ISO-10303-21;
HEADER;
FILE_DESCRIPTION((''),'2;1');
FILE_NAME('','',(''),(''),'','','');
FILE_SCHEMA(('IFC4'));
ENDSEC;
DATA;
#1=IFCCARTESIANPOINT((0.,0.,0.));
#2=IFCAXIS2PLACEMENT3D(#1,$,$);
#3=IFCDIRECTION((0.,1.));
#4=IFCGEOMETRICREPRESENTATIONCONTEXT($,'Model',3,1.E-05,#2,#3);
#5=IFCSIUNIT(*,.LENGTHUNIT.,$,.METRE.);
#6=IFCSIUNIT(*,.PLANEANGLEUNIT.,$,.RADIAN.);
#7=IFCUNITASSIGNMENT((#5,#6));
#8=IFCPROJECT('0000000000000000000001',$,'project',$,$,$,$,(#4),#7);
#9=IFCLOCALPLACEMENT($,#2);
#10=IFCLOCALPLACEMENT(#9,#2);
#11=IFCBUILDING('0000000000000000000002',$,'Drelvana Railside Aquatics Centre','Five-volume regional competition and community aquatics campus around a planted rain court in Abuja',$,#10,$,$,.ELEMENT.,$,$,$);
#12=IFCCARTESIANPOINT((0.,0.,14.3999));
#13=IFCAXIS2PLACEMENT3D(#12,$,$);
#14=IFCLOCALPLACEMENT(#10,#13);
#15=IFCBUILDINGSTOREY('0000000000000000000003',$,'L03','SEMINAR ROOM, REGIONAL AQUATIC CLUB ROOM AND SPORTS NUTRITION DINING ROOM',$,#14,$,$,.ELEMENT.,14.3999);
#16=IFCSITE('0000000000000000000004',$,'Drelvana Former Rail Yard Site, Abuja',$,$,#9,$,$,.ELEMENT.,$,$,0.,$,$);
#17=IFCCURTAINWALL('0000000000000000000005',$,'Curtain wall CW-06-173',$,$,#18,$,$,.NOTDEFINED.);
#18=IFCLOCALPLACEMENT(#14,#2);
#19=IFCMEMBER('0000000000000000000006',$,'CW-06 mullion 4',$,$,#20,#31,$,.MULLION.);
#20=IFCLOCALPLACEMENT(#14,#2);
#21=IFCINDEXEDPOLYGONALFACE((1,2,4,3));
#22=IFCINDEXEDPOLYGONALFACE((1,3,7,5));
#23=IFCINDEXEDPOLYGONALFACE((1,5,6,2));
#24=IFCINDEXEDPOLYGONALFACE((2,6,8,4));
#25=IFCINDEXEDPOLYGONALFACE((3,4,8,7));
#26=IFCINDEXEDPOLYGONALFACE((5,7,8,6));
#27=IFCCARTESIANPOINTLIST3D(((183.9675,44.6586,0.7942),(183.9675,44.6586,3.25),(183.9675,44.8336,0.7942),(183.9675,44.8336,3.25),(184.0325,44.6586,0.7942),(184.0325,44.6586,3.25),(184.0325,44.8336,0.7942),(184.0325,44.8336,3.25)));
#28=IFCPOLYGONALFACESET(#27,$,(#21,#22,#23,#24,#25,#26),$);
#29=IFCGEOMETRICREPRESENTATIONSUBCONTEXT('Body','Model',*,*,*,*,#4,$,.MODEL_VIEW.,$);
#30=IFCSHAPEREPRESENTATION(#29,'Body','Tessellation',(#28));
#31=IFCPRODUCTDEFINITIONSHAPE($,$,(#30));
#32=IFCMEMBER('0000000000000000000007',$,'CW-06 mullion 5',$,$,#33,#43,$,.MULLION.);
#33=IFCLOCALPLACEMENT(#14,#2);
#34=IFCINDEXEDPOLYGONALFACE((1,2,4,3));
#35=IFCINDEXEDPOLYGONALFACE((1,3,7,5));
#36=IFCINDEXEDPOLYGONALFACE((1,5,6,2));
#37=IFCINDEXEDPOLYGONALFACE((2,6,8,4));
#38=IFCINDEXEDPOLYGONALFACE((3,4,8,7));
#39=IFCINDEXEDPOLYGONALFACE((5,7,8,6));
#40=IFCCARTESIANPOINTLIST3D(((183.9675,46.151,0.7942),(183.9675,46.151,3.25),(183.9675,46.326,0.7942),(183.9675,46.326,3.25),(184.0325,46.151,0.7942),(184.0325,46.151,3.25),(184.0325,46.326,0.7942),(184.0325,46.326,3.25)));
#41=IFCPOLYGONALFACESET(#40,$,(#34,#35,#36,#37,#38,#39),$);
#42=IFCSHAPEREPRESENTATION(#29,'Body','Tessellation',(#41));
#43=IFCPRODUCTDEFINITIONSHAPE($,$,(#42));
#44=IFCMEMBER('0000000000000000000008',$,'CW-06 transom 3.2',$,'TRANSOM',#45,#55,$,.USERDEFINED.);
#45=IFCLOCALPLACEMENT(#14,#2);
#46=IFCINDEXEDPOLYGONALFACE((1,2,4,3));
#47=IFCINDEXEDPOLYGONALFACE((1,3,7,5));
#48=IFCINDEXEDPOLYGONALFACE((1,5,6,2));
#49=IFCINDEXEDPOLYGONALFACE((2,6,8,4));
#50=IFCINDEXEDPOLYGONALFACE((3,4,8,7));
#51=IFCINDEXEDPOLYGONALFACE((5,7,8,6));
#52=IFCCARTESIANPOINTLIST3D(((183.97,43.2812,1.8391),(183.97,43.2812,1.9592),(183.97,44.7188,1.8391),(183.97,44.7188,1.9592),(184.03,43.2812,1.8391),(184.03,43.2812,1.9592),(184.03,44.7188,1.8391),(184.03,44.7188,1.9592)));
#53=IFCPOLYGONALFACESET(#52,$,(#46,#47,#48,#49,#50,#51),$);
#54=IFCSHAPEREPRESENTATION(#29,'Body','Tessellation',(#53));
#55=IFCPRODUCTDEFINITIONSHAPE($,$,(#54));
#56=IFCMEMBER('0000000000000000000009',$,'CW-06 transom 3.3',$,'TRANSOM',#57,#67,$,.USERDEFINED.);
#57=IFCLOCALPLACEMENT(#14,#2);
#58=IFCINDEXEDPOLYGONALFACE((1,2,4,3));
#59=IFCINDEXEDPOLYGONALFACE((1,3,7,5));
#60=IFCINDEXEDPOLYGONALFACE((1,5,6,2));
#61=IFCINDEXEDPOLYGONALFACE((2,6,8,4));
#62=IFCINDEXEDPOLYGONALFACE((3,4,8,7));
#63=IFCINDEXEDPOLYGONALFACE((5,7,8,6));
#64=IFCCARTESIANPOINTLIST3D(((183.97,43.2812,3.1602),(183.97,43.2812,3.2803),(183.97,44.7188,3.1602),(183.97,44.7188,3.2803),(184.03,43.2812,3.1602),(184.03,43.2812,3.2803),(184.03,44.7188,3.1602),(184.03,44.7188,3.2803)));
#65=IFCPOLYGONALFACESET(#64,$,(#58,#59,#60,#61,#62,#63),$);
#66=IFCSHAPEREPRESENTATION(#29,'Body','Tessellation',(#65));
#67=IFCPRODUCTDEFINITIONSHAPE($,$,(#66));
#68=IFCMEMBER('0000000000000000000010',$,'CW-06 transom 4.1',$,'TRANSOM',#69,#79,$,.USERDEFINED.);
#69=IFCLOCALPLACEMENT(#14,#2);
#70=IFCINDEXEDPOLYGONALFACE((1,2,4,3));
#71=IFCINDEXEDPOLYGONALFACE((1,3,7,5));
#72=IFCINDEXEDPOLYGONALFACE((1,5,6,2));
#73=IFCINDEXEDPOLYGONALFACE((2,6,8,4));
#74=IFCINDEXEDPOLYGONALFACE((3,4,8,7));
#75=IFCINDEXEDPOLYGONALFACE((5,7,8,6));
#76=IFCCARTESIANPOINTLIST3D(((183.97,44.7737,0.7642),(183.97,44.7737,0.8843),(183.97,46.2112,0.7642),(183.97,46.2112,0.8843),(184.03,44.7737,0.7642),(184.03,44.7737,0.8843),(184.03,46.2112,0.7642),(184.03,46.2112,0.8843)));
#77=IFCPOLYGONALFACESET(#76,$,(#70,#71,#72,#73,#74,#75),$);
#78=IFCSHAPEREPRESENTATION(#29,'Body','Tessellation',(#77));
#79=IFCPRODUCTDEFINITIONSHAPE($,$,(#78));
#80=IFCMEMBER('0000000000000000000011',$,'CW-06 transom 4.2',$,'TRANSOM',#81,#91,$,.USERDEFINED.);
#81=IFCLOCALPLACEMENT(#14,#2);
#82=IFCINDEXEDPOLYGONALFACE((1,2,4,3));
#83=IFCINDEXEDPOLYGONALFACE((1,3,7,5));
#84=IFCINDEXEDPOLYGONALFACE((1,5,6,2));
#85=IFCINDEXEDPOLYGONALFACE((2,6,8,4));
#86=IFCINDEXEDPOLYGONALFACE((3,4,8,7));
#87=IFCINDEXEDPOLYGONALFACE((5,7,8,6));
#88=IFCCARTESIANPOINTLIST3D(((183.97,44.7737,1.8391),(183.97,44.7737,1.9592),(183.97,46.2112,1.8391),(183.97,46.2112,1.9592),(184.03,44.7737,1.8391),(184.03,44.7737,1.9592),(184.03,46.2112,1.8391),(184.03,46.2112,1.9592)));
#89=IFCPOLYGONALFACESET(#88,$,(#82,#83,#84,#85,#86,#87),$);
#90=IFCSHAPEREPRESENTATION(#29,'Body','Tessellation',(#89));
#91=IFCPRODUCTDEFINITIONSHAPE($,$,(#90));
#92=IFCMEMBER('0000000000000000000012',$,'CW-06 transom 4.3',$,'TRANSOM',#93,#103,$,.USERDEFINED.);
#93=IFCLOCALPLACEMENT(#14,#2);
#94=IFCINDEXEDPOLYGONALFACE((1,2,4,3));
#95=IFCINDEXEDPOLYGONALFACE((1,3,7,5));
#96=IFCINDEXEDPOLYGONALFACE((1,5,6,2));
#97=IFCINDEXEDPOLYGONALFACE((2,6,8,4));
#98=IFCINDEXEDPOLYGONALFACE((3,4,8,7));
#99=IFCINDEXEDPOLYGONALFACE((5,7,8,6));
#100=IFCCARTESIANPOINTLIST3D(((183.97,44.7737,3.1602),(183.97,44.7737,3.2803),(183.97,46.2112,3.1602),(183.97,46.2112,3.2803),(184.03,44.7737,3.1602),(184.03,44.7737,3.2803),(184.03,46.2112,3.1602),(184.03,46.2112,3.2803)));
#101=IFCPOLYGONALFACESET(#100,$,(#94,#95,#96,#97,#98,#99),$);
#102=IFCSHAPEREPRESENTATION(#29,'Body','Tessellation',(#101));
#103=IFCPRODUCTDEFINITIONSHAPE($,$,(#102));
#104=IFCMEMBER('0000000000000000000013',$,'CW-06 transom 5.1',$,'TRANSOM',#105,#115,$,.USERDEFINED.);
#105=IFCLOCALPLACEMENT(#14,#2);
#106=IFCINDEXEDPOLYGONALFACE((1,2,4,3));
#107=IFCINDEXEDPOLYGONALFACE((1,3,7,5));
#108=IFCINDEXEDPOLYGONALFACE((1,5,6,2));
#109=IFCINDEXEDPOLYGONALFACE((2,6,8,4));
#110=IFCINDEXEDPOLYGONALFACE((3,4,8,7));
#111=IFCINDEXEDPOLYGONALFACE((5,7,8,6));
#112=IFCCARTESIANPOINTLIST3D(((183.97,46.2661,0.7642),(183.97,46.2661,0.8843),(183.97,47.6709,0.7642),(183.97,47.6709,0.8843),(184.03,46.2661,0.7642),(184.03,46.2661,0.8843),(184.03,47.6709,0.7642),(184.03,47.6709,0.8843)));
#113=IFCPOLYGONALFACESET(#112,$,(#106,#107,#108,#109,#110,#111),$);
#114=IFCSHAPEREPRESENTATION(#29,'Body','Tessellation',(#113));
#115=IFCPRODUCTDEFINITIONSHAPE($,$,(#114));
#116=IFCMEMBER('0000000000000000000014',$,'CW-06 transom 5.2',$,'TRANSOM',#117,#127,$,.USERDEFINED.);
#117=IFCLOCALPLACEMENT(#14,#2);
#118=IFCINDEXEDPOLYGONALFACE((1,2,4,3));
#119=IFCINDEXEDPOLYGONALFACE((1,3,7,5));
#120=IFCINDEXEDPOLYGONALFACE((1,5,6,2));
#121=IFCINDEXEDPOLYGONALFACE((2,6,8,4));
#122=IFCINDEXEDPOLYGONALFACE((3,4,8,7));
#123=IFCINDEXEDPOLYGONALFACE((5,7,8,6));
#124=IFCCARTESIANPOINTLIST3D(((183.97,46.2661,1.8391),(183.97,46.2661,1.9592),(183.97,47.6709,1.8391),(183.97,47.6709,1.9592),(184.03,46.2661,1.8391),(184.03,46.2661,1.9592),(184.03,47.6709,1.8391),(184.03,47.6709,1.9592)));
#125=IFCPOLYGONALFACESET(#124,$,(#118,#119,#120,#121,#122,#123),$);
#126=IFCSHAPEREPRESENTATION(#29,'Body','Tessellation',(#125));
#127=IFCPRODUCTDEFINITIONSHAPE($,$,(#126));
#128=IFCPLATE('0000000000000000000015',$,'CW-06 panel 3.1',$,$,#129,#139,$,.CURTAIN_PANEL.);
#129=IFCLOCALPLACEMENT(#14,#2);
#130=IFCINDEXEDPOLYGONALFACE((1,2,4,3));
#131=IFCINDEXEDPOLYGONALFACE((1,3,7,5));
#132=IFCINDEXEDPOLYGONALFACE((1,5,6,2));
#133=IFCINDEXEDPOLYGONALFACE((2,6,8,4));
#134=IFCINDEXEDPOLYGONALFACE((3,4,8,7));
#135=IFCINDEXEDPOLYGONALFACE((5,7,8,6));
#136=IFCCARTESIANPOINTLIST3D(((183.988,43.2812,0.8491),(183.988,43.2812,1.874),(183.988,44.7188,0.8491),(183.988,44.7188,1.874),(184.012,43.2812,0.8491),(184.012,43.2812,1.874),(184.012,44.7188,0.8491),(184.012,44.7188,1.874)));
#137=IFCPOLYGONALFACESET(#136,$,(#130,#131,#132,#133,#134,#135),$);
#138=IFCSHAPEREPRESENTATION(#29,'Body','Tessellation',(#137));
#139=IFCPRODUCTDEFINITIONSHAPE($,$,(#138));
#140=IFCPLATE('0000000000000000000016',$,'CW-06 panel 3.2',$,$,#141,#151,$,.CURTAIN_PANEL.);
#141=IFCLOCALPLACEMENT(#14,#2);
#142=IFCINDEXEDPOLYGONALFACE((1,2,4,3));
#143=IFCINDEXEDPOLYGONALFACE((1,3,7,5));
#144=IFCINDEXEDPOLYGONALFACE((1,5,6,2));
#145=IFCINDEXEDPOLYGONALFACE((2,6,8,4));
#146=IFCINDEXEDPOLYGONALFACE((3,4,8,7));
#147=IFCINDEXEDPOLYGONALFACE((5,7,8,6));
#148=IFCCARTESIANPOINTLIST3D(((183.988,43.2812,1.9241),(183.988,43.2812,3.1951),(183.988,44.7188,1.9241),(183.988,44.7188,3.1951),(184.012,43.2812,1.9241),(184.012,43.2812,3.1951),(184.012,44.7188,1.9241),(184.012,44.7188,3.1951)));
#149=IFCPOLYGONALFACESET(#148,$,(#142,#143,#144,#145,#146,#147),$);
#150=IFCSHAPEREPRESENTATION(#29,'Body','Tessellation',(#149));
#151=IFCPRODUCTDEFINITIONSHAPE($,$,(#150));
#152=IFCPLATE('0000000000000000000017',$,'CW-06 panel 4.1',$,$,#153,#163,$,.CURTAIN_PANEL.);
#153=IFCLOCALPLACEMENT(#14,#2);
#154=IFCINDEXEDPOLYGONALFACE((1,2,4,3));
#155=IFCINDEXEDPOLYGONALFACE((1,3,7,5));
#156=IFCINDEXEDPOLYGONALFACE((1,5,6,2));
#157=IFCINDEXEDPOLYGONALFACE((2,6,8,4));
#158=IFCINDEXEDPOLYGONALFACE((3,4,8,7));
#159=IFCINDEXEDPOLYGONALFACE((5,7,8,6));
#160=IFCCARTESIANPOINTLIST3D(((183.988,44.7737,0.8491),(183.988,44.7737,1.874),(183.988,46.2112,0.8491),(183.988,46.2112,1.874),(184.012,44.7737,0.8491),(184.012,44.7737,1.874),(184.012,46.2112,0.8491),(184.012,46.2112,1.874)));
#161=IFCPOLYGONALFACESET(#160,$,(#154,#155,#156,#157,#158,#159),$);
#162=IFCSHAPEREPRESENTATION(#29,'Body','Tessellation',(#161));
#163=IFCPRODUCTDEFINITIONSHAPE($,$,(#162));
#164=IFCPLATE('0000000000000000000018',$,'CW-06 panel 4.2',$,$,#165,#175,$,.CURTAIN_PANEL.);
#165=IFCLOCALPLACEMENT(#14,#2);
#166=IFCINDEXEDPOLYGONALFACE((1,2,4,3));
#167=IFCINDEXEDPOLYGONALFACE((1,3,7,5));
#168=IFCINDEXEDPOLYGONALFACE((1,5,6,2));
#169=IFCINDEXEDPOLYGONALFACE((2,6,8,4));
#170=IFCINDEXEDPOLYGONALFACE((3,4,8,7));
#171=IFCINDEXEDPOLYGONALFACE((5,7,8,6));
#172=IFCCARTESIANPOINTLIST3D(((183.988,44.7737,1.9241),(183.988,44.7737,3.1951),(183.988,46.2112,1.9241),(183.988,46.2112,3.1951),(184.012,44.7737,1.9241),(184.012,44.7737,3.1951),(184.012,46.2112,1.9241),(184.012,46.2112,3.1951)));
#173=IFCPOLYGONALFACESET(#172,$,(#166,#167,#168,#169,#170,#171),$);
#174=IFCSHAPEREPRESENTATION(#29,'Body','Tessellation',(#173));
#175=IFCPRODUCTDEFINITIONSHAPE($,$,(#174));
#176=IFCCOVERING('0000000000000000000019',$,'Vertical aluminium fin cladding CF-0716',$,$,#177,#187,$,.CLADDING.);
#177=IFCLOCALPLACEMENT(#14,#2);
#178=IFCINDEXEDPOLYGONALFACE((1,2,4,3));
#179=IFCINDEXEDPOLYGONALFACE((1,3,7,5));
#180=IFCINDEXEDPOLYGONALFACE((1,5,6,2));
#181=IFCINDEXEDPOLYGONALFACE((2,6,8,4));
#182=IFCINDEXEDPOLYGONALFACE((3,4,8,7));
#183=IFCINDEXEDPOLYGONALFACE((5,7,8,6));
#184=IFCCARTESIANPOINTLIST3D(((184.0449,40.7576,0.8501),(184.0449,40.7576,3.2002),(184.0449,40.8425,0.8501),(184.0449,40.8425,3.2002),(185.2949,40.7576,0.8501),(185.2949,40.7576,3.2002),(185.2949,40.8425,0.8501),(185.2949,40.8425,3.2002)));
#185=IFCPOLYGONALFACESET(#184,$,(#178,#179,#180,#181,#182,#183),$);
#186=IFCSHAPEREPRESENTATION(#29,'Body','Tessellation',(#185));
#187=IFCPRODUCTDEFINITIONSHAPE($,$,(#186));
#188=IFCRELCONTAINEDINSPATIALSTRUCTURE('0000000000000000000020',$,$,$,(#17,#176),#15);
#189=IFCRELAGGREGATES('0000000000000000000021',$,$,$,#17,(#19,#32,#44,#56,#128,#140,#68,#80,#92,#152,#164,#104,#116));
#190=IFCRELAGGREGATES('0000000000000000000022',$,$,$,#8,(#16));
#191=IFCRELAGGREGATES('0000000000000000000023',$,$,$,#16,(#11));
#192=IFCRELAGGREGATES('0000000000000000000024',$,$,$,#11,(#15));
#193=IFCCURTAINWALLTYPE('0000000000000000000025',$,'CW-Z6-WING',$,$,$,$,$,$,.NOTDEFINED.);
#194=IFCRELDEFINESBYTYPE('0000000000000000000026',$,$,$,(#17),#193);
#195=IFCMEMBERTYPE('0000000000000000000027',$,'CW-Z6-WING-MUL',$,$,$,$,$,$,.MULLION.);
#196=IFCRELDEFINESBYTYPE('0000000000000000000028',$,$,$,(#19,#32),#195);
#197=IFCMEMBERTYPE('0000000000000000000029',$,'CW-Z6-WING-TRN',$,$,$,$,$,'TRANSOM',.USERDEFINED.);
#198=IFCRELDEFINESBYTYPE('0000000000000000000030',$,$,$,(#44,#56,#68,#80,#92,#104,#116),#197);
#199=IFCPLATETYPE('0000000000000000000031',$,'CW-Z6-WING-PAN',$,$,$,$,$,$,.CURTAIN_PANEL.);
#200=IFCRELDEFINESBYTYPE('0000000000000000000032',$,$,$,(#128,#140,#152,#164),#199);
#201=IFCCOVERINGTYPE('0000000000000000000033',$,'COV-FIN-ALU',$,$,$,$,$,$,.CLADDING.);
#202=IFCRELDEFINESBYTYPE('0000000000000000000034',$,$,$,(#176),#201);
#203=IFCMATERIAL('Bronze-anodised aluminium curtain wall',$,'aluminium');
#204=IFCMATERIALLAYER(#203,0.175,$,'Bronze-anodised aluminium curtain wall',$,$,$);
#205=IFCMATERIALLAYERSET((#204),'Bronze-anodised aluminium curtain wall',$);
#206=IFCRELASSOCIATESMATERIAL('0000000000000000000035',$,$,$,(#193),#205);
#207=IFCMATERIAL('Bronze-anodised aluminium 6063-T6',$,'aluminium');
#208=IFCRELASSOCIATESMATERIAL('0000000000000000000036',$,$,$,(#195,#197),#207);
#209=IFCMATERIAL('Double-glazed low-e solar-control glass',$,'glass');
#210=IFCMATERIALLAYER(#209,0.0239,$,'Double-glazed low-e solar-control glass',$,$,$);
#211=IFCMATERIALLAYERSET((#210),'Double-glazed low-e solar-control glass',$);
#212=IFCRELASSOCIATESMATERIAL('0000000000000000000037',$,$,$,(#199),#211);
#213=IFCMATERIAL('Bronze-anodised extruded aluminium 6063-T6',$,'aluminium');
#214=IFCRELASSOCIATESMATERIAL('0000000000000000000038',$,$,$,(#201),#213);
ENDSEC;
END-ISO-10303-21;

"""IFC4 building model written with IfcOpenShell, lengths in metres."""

from ifc_helpers import new_model, si_unit, direction, frame, origin, origin_2d, place, context, subcontext, project, spatial, rectangle, extrude, material, layer, layer_set, material_profile, profile_set, type_object, element, aggregate, save


model = new_model("IFC4")

# Units and contexts
model_context = context("Model", 3, precision=1e-05, world=origin(), true_north=direction((0.0, 1.0)))
body_context = subcontext(model_context, "Body", "Model", "MODEL_VIEW")
ifc_project = project(units=[si_unit("LENGTHUNIT", "METRE"), si_unit("PLANEANGLEUNIT", "RADIAN")], contexts=[model_context])

# Site, building, storey
site_placement = place(None, origin())
site = spatial("IfcSite", under=ifc_project, at=site_placement, Name="Drelvana Former Rail Yard Site, Abuja", CompositionType="ELEMENT", RefElevation=0.0)
building_placement = place(site_placement, origin())
building = spatial("IfcBuilding", under=site, at=building_placement, Name="Drelvana Railside Aquatics Centre", Description="Five-volume regional competition and community aquatics campus around a planted rain court in Abuja", CompositionType="ELEMENT")
storey_placement = place(building_placement, frame((0.0, 0.0, 14.3999)))
storey = spatial("IfcBuildingStorey", under=building, at=storey_placement, Name="L03", Description="SEMINAR ROOM, REGIONAL AQUATIC CLUB ROOM AND SPORTS NUTRITION DINING ROOM", CompositionType="ELEMENT", Elevation=14.3999)

# Curtain wall, members, plates
ifc_material_1 = material(Name="Bronze-anodised aluminium curtain wall", Category="aluminium")
ifc_layer_1 = layer(ifc_material_1, 0.175, Name="Bronze-anodised aluminium curtain wall")
ifc_layer_set_1 = layer_set([ifc_layer_1], Name="Bronze-anodised aluminium curtain wall")
curtain_wall_type = type_object("IfcCurtainWallType", Name="CW-Z6-WING", PredefinedType="NOTDEFINED", material=ifc_layer_set_1)
curtain_wall_placement = place(storey_placement, origin())
curtain_wall = element("IfcCurtainWall", 1, at=curtain_wall_placement, inside=storey, type_object=curtain_wall_type, Name="Curtain wall CW-06-173", PredefinedType="NOTDEFINED")
ifc_material_2 = material(Name="Bronze-anodised aluminium 6063-T6", Category="aluminium")
ifc_material_profile_1 = material_profile(ifc_material_2, rectangle(XDim=0.0649, YDim=0.175, at=origin_2d()), Name="ALU-M 65x175")
ifc_profile_set_1 = profile_set([ifc_material_profile_1], Name="Bronze-anodised aluminium 6063-T6")
member_type_1 = type_object("IfcMemberType", Name="CW-Z6-WING-MUL", PredefinedType="MULLION", material=ifc_profile_set_1)
member_1_placement = place(storey_placement, frame((184.0, 44.7461, 0.7942), z_axis=(0.0, 0.0, 1.0), x_axis=(-1.0, 0.0, 0.0)))
member_1 = element("IfcMember", 2, at=member_1_placement, type_object=member_type_1, Name="CW-06 mullion 4", PredefinedType="MULLION", context=body_context, shape_type="SweptSolid", body=[
    extrude(rectangle(XDim=0.0649, YDim=0.175, at=origin_2d()), origin(), (0.0, 0.0, 1.0), 2.4558),
])
member_2_placement = place(storey_placement, frame((184.0, 46.2385, 0.7942), z_axis=(0.0, 0.0, 1.0), x_axis=(-1.0, 0.0, 0.0)))
member_2 = element("IfcMember", 3, at=member_2_placement, type_object=member_type_1, Name="CW-06 mullion 5", PredefinedType="MULLION", context=body_context, shape_type="SweptSolid", body=[
    extrude(rectangle(XDim=0.0649, YDim=0.175, at=origin_2d()), origin(), (0.0, 0.0, 1.0), 2.4558),
])
ifc_material_profile_2 = material_profile(ifc_material_2, rectangle(XDim=0.1201, YDim=0.0601, at=origin_2d()), Name="ALU-T 60x120")
ifc_profile_set_2 = profile_set([ifc_material_profile_2], Name="Bronze-anodised aluminium 6063-T6")
member_type_2 = type_object("IfcMemberType", Name="CW-Z6-WING-TRN", ElementType="TRANSOM", PredefinedType="USERDEFINED", material=ifc_profile_set_2)
member_3_placement = place(storey_placement, frame((184.0, 43.2812, 1.8992), z_axis=(0.0, 1.0, 0.0), x_axis=(0.0, 0.0, 1.0)))
member_3 = element("IfcMember", 4, at=member_3_placement, type_object=member_type_2, Name="CW-06 transom 3.2", ObjectType="TRANSOM", PredefinedType="USERDEFINED", context=body_context, shape_type="SweptSolid", body=[
    extrude(rectangle(XDim=0.1201, YDim=0.0601, at=origin_2d()), origin(), (0.0, 0.0, 1.0), 1.4375),
])
member_4_placement = place(storey_placement, frame((184.0, 43.2812, 3.2202), z_axis=(0.0, 1.0, 0.0), x_axis=(0.0, 0.0, 1.0)))
member_4 = element("IfcMember", 5, at=member_4_placement, type_object=member_type_2, Name="CW-06 transom 3.3", ObjectType="TRANSOM", PredefinedType="USERDEFINED", context=body_context, shape_type="SweptSolid", body=[
    extrude(rectangle(XDim=0.1201, YDim=0.0601, at=origin_2d()), origin(), (0.0, 0.0, 1.0), 1.4375),
])
member_5_placement = place(storey_placement, frame((184.0, 44.7737, 0.8242), z_axis=(0.0, 1.0, 0.0), x_axis=(0.0, 0.0, 1.0)))
member_5 = element("IfcMember", 6, at=member_5_placement, type_object=member_type_2, Name="CW-06 transom 4.1", ObjectType="TRANSOM", PredefinedType="USERDEFINED", context=body_context, shape_type="SweptSolid", body=[
    extrude(rectangle(XDim=0.1201, YDim=0.0601, at=origin_2d()), origin(), (0.0, 0.0, 1.0), 1.4375),
])
member_6_placement = place(storey_placement, frame((184.0, 44.7737, 1.8992), z_axis=(0.0, 1.0, 0.0), x_axis=(0.0, 0.0, 1.0)))
member_6 = element("IfcMember", 7, at=member_6_placement, type_object=member_type_2, Name="CW-06 transom 4.2", ObjectType="TRANSOM", PredefinedType="USERDEFINED", context=body_context, shape_type="SweptSolid", body=[
    extrude(rectangle(XDim=0.1201, YDim=0.0601, at=origin_2d()), origin(), (0.0, 0.0, 1.0), 1.4375),
])
member_7_placement = place(storey_placement, frame((184.0, 44.7737, 3.2202), z_axis=(0.0, 1.0, 0.0), x_axis=(0.0, 0.0, 1.0)))
member_7 = element("IfcMember", 8, at=member_7_placement, type_object=member_type_2, Name="CW-06 transom 4.3", ObjectType="TRANSOM", PredefinedType="USERDEFINED", context=body_context, shape_type="SweptSolid", body=[
    extrude(rectangle(XDim=0.1201, YDim=0.0601, at=origin_2d()), origin(), (0.0, 0.0, 1.0), 1.4375),
])
member_8_placement = place(storey_placement, frame((184.0, 46.2661, 0.8242), z_axis=(0.0, 1.0, 0.0), x_axis=(0.0, 0.0, 1.0)))
member_8 = element("IfcMember", 9, at=member_8_placement, type_object=member_type_2, Name="CW-06 transom 5.1", ObjectType="TRANSOM", PredefinedType="USERDEFINED", context=body_context, shape_type="SweptSolid", body=[
    extrude(rectangle(XDim=0.1201, YDim=0.0601, at=origin_2d()), origin(), (0.0, 0.0, 1.0), 1.4048),
])
member_9_placement = place(storey_placement, frame((184.0, 46.2661, 1.8992), z_axis=(0.0, 1.0, 0.0), x_axis=(0.0, 0.0, 1.0)))
member_9 = element("IfcMember", 10, at=member_9_placement, type_object=member_type_2, Name="CW-06 transom 5.2", ObjectType="TRANSOM", PredefinedType="USERDEFINED", context=body_context, shape_type="SweptSolid", body=[
    extrude(rectangle(XDim=0.1201, YDim=0.0601, at=origin_2d()), origin(), (0.0, 0.0, 1.0), 1.4048),
])
ifc_material_3 = material(Name="Double-glazed low-e solar-control glass", Category="glass")
ifc_layer_2 = layer(ifc_material_3, 0.0239, Name="Double-glazed low-e solar-control glass")
ifc_layer_set_2 = layer_set([ifc_layer_2], Name="Double-glazed low-e solar-control glass")
plate_type = type_object("IfcPlateType", Name="CW-Z6-WING-PAN", PredefinedType="CURTAIN_PANEL", material=ifc_layer_set_2)
plate_1_placement = place(storey_placement, frame((184.0, 44.0, 0.8491), z_axis=(0.0, 0.0, 1.0), x_axis=(0.0, 1.0, 0.0)))
plate_1 = element("IfcPlate", 11, at=plate_1_placement, type_object=plate_type, Name="CW-06 panel 3.1", PredefinedType="CURTAIN_PANEL", context=body_context, shape_type="SweptSolid", body=[
    extrude(rectangle(XDim=1.4375, YDim=0.0239, at=origin_2d()), origin(), (0.0, 0.0, 1.0), 1.0249),
])
plate_2_placement = place(storey_placement, frame((184.0, 44.0, 1.9241), z_axis=(0.0, 0.0, 1.0), x_axis=(0.0, 1.0, 0.0)))
plate_2 = element("IfcPlate", 12, at=plate_2_placement, type_object=plate_type, Name="CW-06 panel 3.2", PredefinedType="CURTAIN_PANEL", context=body_context, shape_type="SweptSolid", body=[
    extrude(rectangle(XDim=1.4375, YDim=0.0239, at=origin_2d()), origin(), (0.0, 0.0, 1.0), 1.271),
])
plate_3_placement = place(storey_placement, frame((184.0, 45.4924, 0.8491), z_axis=(0.0, 0.0, 1.0), x_axis=(0.0, 1.0, 0.0)))
plate_3 = element("IfcPlate", 13, at=plate_3_placement, type_object=plate_type, Name="CW-06 panel 4.1", PredefinedType="CURTAIN_PANEL", context=body_context, shape_type="SweptSolid", body=[
    extrude(rectangle(XDim=1.4375, YDim=0.0239, at=origin_2d()), origin(), (0.0, 0.0, 1.0), 1.0249),
])
plate_4_placement = place(storey_placement, frame((184.0, 45.4924, 1.9241), z_axis=(0.0, 0.0, 1.0), x_axis=(0.0, 1.0, 0.0)))
plate_4 = element("IfcPlate", 14, at=plate_4_placement, type_object=plate_type, Name="CW-06 panel 4.2", PredefinedType="CURTAIN_PANEL", context=body_context, shape_type="SweptSolid", body=[
    extrude(rectangle(XDim=1.4375, YDim=0.0239, at=origin_2d()), origin(), (0.0, 0.0, 1.0), 1.271),
])
aggregate(curtain_wall, [member_1, member_2, member_3, member_4, plate_1, plate_2, member_5, member_6, member_7, plate_3, plate_4, member_8, member_9])

# Covering
ifc_material_4 = material(Name="Bronze-anodised extruded aluminium 6063-T6", Category="aluminium")
covering_type = type_object("IfcCoveringType", Name="COV-FIN-ALU", PredefinedType="CLADDING", material=ifc_material_4)
for number, where, z_axis, x_axis, name in (
    (15, (184.6699, 40.8, 0.8501), (0.0, 0.0, 1.0), (0.0, -1.0, 0.0), "Vertical aluminium fin cladding CF-0716"),
):
    element("IfcCovering", number, at=place(storey_placement, frame(where, z_axis=z_axis, x_axis=x_axis)), inside=storey, type_object=covering_type, Name=name, PredefinedType="CLADDING", context=body_context, shape_type="SweptSolid", body=[
        extrude(rectangle(XDim=0.085, YDim=1.25, at=origin_2d()), origin(), (0.0, 0.0, 1.0), 2.3501),
    ])

save(model, "model.ifc")
